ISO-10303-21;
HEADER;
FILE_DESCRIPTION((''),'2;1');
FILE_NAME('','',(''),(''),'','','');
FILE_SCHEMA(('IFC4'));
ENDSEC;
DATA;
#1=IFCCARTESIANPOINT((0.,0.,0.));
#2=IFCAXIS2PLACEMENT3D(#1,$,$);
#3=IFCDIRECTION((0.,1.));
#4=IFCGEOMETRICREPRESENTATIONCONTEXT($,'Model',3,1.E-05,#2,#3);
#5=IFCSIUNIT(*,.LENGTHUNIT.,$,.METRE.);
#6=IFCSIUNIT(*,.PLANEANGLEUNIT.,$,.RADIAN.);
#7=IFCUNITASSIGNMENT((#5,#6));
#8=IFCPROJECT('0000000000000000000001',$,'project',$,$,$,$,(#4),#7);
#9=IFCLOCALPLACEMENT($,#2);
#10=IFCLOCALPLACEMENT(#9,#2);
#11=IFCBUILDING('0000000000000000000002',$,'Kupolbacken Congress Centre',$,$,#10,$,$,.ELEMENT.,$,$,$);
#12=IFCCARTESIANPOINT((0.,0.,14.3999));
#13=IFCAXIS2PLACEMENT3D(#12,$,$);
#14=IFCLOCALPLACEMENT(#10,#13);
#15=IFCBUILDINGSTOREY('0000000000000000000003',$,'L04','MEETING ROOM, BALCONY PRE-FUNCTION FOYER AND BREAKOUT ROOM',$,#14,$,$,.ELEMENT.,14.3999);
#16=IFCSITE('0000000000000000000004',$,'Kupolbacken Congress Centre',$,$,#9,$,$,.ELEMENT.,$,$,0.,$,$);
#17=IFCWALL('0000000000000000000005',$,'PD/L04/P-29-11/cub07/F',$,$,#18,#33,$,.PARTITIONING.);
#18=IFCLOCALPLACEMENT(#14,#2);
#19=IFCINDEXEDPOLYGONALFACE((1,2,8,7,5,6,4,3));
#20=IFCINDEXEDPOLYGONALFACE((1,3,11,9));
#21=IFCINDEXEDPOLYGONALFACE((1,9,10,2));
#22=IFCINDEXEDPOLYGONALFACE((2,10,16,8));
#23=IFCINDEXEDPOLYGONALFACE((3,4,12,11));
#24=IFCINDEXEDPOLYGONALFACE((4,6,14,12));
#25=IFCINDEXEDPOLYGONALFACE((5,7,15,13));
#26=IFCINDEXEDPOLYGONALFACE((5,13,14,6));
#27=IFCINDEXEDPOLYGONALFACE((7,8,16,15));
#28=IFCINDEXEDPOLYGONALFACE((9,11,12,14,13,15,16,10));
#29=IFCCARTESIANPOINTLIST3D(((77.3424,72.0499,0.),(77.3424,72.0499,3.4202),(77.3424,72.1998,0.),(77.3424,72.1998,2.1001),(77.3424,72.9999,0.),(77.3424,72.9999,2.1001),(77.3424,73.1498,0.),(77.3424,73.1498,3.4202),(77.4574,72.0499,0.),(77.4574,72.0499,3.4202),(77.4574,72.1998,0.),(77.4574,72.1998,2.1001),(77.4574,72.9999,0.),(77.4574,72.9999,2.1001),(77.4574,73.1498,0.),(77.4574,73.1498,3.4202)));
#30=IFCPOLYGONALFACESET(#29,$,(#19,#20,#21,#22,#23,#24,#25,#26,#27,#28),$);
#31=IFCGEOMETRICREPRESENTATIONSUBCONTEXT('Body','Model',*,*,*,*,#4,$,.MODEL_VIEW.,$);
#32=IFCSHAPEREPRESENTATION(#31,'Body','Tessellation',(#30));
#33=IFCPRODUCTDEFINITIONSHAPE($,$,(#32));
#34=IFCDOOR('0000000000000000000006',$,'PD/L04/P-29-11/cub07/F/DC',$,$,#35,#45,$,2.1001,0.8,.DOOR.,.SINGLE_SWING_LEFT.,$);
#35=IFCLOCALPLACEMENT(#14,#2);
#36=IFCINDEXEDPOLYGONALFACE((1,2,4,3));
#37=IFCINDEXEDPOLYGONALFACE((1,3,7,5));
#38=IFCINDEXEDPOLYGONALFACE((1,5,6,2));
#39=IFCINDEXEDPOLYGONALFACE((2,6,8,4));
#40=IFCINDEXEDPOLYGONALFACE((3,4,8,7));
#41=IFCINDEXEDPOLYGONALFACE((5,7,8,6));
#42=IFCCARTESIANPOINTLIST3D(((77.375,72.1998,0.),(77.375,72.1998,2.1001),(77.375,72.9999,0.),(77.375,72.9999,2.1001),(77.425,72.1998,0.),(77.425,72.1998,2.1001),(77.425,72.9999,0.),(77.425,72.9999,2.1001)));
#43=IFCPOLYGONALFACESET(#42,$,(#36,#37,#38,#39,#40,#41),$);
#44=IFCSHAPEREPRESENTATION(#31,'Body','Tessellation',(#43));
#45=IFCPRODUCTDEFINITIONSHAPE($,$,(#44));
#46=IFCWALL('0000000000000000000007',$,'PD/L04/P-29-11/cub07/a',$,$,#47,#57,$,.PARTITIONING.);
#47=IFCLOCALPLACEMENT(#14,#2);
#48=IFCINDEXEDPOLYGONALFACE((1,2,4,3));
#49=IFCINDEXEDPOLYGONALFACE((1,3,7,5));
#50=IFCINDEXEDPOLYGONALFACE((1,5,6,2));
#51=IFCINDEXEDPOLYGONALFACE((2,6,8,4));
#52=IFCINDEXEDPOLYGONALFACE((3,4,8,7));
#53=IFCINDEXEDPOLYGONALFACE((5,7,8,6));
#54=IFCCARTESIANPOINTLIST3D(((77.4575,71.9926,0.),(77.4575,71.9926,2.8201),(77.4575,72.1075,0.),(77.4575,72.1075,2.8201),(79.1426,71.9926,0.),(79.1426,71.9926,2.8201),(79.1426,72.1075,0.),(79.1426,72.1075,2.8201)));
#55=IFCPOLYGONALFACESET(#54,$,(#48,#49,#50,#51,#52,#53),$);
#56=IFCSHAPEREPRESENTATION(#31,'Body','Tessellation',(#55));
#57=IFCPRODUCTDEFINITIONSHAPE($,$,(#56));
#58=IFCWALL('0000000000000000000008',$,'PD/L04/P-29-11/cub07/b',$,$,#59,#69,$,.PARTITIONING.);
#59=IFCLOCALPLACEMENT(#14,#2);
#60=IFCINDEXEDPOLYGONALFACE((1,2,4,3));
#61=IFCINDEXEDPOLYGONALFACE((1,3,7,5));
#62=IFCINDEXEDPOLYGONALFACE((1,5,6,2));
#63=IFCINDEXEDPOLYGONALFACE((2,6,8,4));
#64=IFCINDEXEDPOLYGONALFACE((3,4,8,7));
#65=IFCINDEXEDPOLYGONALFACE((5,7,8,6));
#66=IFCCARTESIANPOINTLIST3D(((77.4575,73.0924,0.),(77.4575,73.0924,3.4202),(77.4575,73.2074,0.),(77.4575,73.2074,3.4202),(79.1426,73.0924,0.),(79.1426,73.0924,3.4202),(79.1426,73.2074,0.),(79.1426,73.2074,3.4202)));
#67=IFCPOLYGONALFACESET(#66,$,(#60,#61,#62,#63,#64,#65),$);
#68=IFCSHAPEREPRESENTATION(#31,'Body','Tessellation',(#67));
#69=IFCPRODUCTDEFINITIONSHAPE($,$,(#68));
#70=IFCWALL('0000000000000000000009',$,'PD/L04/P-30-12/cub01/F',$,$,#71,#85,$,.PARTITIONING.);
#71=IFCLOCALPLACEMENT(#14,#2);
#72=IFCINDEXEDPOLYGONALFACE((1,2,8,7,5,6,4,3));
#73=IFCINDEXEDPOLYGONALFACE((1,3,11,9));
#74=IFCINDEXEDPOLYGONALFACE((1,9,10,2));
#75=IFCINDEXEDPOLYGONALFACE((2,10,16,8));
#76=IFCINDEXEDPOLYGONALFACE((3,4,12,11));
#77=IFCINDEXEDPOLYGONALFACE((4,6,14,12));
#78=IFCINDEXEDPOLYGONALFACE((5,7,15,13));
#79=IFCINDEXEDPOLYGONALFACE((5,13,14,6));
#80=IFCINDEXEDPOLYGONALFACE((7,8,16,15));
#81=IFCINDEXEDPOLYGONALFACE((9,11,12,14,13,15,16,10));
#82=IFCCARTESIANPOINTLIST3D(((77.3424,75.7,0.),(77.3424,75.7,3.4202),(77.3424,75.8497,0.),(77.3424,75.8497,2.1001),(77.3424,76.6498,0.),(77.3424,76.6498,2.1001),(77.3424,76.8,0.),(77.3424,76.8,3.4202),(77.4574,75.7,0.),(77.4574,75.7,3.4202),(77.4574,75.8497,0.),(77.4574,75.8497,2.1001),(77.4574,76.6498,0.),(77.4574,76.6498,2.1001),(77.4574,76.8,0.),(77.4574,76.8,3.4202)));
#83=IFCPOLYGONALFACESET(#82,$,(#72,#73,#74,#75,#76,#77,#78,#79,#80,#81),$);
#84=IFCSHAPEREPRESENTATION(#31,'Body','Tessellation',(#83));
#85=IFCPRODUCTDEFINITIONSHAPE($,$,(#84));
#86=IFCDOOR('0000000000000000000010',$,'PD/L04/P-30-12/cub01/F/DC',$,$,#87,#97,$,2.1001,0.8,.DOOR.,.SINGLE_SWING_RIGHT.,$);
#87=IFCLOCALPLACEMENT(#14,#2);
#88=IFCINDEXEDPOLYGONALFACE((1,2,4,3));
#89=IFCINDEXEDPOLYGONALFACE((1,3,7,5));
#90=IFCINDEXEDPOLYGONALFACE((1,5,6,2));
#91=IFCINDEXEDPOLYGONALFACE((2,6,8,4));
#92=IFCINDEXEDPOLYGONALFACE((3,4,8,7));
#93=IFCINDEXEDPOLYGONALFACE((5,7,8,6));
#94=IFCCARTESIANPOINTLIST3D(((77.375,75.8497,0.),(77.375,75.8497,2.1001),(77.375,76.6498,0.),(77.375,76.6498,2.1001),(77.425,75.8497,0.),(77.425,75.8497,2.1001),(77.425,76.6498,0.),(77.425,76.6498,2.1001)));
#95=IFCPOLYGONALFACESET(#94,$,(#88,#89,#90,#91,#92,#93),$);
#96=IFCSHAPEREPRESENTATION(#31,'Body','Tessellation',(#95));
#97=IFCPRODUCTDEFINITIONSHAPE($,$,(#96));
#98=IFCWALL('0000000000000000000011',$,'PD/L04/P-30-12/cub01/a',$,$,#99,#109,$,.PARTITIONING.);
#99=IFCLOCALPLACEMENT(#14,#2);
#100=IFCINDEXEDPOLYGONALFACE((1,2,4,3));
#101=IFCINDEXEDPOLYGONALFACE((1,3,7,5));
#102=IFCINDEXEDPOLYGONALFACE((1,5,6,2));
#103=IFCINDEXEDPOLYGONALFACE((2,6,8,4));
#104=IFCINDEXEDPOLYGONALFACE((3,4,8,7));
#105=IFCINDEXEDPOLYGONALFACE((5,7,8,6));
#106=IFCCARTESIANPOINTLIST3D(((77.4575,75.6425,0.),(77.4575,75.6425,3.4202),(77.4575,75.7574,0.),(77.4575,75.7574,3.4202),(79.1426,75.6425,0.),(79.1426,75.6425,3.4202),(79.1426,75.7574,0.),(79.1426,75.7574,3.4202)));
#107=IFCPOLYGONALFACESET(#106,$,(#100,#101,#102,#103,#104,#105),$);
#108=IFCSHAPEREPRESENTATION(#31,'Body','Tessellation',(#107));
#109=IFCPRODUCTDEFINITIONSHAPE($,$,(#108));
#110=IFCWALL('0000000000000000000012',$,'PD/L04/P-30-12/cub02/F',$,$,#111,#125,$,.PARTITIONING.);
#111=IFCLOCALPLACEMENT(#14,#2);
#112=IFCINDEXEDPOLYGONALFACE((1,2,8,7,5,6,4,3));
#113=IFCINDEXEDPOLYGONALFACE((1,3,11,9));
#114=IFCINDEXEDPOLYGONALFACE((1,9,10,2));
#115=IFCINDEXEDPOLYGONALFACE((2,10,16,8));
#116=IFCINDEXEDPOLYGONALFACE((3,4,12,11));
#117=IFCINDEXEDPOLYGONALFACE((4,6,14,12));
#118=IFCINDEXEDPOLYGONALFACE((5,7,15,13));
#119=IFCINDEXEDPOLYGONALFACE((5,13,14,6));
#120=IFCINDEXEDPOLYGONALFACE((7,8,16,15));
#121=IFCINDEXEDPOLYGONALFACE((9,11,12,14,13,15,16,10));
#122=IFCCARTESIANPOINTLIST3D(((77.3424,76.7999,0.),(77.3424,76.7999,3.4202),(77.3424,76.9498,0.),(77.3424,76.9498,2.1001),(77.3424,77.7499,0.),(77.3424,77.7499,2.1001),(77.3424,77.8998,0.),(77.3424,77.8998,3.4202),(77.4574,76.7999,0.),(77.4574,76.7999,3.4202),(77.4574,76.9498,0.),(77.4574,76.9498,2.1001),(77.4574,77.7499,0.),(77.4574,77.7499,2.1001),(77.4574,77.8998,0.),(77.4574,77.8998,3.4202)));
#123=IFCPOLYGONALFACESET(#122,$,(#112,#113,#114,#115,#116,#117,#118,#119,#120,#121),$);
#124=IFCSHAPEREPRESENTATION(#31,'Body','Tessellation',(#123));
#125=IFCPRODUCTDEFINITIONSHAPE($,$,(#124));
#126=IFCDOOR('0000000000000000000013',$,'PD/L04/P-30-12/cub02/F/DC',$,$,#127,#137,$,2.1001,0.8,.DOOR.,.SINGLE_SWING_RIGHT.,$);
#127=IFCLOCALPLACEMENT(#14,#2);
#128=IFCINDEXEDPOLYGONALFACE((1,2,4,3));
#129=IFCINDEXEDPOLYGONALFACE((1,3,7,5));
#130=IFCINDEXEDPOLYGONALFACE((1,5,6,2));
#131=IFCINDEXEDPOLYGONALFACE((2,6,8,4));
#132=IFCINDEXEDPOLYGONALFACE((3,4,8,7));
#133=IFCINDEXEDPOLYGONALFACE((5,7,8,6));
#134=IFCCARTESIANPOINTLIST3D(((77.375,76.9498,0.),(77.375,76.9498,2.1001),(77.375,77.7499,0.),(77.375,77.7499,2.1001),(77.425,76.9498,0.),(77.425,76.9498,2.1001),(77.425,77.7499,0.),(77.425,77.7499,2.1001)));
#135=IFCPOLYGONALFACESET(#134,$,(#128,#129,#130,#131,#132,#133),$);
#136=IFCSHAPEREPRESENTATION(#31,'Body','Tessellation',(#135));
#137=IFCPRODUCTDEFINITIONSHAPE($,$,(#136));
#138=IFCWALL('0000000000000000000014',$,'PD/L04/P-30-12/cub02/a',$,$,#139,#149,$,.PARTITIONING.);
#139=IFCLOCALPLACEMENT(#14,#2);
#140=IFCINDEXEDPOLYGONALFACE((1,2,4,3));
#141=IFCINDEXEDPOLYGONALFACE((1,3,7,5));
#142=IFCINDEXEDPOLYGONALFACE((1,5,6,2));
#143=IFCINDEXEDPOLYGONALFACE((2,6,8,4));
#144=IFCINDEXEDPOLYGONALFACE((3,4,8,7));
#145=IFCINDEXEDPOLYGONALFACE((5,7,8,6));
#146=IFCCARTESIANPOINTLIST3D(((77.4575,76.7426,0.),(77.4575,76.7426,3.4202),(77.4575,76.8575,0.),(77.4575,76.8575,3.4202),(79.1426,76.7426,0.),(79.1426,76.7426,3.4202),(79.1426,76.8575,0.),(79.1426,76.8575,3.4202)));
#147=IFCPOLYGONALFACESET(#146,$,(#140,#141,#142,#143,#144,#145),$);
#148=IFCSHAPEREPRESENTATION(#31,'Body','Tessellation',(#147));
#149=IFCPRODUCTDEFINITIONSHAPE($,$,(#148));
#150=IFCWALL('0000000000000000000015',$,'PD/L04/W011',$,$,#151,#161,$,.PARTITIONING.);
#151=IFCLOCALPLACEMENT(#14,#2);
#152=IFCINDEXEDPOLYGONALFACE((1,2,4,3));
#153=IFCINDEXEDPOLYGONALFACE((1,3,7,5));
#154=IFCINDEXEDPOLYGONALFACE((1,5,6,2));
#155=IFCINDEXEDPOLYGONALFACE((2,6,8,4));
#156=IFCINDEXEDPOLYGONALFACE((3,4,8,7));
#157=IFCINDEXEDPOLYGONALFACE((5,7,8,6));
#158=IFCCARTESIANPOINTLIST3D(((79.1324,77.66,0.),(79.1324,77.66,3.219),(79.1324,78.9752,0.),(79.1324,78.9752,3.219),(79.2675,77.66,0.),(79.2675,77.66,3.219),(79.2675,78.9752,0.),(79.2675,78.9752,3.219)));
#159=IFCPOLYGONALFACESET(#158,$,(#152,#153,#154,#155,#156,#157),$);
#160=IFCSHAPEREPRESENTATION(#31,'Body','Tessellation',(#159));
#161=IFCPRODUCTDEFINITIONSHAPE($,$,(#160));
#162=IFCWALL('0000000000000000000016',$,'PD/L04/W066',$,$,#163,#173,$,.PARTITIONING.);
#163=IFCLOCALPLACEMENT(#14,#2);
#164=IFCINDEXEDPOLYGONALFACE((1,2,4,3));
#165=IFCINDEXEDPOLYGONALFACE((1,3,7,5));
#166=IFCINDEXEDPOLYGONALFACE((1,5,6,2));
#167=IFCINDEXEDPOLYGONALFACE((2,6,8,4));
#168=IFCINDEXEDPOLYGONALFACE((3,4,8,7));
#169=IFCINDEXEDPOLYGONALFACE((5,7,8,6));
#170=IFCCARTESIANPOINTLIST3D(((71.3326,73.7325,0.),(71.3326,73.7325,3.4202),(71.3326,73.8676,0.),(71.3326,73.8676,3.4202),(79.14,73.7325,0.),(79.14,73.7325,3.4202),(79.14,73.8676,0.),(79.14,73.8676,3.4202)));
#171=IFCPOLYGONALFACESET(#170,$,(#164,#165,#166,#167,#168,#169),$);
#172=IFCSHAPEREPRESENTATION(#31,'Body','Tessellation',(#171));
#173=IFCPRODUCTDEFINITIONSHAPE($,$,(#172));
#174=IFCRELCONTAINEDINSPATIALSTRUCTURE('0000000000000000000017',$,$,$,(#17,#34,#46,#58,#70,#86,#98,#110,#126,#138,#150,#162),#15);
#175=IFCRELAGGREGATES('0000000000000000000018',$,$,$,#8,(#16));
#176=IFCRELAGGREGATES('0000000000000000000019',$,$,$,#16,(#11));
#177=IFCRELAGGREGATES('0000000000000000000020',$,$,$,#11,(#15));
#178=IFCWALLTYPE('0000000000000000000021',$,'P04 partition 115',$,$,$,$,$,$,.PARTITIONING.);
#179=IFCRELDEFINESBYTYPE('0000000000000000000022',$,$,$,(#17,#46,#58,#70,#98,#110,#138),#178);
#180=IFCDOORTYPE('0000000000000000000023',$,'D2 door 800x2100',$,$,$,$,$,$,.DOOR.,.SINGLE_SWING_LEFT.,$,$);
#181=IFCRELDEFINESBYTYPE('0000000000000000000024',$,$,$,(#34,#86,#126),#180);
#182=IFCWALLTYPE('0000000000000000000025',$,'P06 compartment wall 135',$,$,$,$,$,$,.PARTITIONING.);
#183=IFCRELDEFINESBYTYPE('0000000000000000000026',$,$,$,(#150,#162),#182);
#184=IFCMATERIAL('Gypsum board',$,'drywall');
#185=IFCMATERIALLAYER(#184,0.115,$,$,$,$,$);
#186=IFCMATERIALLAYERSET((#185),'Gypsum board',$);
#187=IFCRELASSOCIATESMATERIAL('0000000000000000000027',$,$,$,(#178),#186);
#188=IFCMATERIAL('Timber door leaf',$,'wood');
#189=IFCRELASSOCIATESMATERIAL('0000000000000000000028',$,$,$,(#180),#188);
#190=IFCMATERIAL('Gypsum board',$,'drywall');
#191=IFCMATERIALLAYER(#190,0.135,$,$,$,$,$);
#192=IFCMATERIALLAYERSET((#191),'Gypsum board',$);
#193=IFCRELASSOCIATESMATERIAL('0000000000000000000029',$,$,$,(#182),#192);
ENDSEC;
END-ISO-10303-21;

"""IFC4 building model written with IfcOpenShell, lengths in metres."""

from ifc_helpers import new_model, si_unit, direction, frame, frame_2d, origin, place, context, subcontext, project, spatial, rectangle, extrude, material, layer, layer_set, type_object, element, fill, save


model = new_model("IFC4")

# Units and contexts
model_context = context("Model", 3, precision=1e-05, world=origin(), true_north=direction((0.0, 1.0)))
body_context = subcontext(model_context, "Body", "Model", "MODEL_VIEW")
ifc_project = project(units=[si_unit("LENGTHUNIT", "METRE"), si_unit("PLANEANGLEUNIT", "RADIAN")], contexts=[model_context])

# Site, building, storey
site_placement = place(None, origin())
site = spatial("IfcSite", under=ifc_project, at=site_placement, Name="Kupolbacken Congress Centre", CompositionType="ELEMENT", RefElevation=0.0)
building_placement = place(site_placement, origin())
building = spatial("IfcBuilding", under=site, at=building_placement, Name="Kupolbacken Congress Centre", CompositionType="ELEMENT")
storey_placement = place(building_placement, frame((0.0, 0.0, 14.3999)))
storey = spatial("IfcBuildingStorey", under=building, at=storey_placement, Name="L04", Description="MEETING ROOM, BALCONY PRE-FUNCTION FOYER AND BREAKOUT ROOM", CompositionType="ELEMENT", Elevation=14.3999)

# Wall, opening, door
ifc_material_1 = material(Name="Gypsum board", Category="drywall")
ifc_layer_1 = layer(ifc_material_1, 0.115)
ifc_layer_set_1 = layer_set([ifc_layer_1], Name="Gypsum board")
wall_type_1 = type_object("IfcWallType", Name="P04 partition 115", PredefinedType="PARTITIONING", material=ifc_layer_set_1)
wall_1_placement = place(storey_placement, frame((77.3999, 72.05, 0.0), z_axis=(0.0, 0.0, 1.0), x_axis=(0.0, 1.0, 0.0)))
wall_1 = element("IfcWall", 1, at=wall_1_placement, inside=storey, type_object=wall_type_1, Name="PD/L04/P-29-11/cub07/F", PredefinedType="PARTITIONING", context=body_context, shape_type="SweptSolid", body=[
    extrude(rectangle(XDim=1.0999, YDim=0.115, at=frame_2d((0.5498, 0.0))), origin(), (0.0, 0.0, 1.0), 3.4202),
])
opening_1_placement = place(wall_1_placement, frame((0.1499, 0.0, 0.0)))
opening_1 = element("IfcOpeningElement", 2, at=opening_1_placement, cuts=wall_1, PredefinedType="OPENING", context=body_context, shape_type="SweptSolid", body=[
    extrude(rectangle(XDim=0.8, YDim=2.1001, at=frame_2d((0.3999, 1.05))), frame((0.0, 0.0674, 0.0), z_axis=(0.0, -1.0, 0.0), x_axis=(1.0, 0.0, 0.0)), (0.0, 0.0, 1.0), 0.135),
])
ifc_material_2 = material(Name="Timber door leaf", Category="wood")
door_type_1 = type_object("IfcDoorType", Name="D2 door 800x2100", OperationType="SINGLE_SWING_LEFT", PredefinedType="DOOR", material=ifc_material_2)
door_1_placement = place(opening_1_placement, origin())
door_1 = element("IfcDoor", 3, at=door_1_placement, inside=storey, type_object=door_type_1, Name="PD/L04/P-29-11/cub07/F/DC", OperationType="SINGLE_SWING_LEFT", OverallHeight=2.1001, OverallWidth=0.8, PredefinedType="DOOR", context=body_context, shape_type="SweptSolid", body=[
    extrude(rectangle(XDim=0.8, YDim=2.1001, at=frame_2d((0.3999, 1.05))), frame((0.0, 0.0249, 0.0), z_axis=(0.0, -1.0, 0.0), x_axis=(1.0, 0.0, 0.0)), (0.0, 0.0, 1.0), 0.05),
])
fill(opening_1, door_1)

# Walls
wall_2_placement = place(storey_placement, frame((79.1426, 72.05, 0.0), z_axis=(0.0, 0.0, 1.0), x_axis=(-1.0, 0.0, 0.0)))
element("IfcWall", 4, at=wall_2_placement, inside=storey, type_object=wall_type_1, Name="PD/L04/P-29-11/cub07/a", PredefinedType="PARTITIONING", context=body_context, shape_type="SweptSolid", body=[
    extrude(rectangle(XDim=1.6851, YDim=0.115, at=frame_2d((0.8425, 0.0))), origin(), (0.0, 0.0, 1.0), 2.8201),
])
wall_3_placement = place(storey_placement, frame((79.1426, 73.1499, 0.0), z_axis=(0.0, 0.0, 1.0), x_axis=(-1.0, 0.0, 0.0)))
element("IfcWall", 5, at=wall_3_placement, inside=storey, type_object=wall_type_1, Name="PD/L04/P-29-11/cub07/b", PredefinedType="PARTITIONING", context=body_context, shape_type="SweptSolid", body=[
    extrude(rectangle(XDim=1.6851, YDim=0.115, at=frame_2d((0.8425, 0.0))), origin(), (0.0, 0.0, 1.0), 3.4202),
])

# Wall, opening, door
wall_4_placement = place(storey_placement, frame((77.3999, 75.7, 0.0), z_axis=(0.0, 0.0, 1.0), x_axis=(0.0, 1.0, 0.0)))
wall_4 = element("IfcWall", 6, at=wall_4_placement, inside=storey, type_object=wall_type_1, Name="PD/L04/P-30-12/cub01/F", PredefinedType="PARTITIONING", context=body_context, shape_type="SweptSolid", body=[
    extrude(rectangle(XDim=1.1001, YDim=0.115, at=frame_2d((0.55, 0.0))), origin(), (0.0, 0.0, 1.0), 3.4202),
])
opening_2_placement = place(wall_4_placement, frame((0.1499, 0.0, 0.0)))
opening_2 = element("IfcOpeningElement", 7, at=opening_2_placement, cuts=wall_4, PredefinedType="OPENING", context=body_context, shape_type="SweptSolid", body=[
    extrude(rectangle(XDim=0.8, YDim=2.1001, at=frame_2d((0.3999, 1.05))), frame((0.0, 0.0674, 0.0), z_axis=(0.0, -1.0, 0.0), x_axis=(1.0, 0.0, 0.0)), (0.0, 0.0, 1.0), 0.135),
])
door_2_placement = place(opening_2_placement, origin())
door_2 = element("IfcDoor", 8, at=door_2_placement, inside=storey, type_object=door_type_1, Name="PD/L04/P-30-12/cub01/F/DC", OperationType="SINGLE_SWING_RIGHT", OverallHeight=2.1001, OverallWidth=0.8, PredefinedType="DOOR", context=body_context, shape_type="SweptSolid", body=[
    extrude(rectangle(XDim=0.8, YDim=2.1001, at=frame_2d((0.3999, 1.05))), frame((0.0, 0.0249, 0.0), z_axis=(0.0, -1.0, 0.0), x_axis=(1.0, 0.0, 0.0)), (0.0, 0.0, 1.0), 0.05),
])
fill(opening_2, door_2)

# Wall
wall_5_placement = place(storey_placement, frame((79.1426, 75.7, 0.0), z_axis=(0.0, 0.0, 1.0), x_axis=(-1.0, 0.0, 0.0)))
element("IfcWall", 9, at=wall_5_placement, inside=storey, type_object=wall_type_1, Name="PD/L04/P-30-12/cub01/a", PredefinedType="PARTITIONING", context=body_context, shape_type="SweptSolid", body=[
    extrude(rectangle(XDim=1.6851, YDim=0.115, at=frame_2d((0.8425, 0.0))), origin(), (0.0, 0.0, 1.0), 3.4202),
])

# Wall, opening, door
wall_6_placement = place(storey_placement, frame((77.3999, 76.8, 0.0), z_axis=(0.0, 0.0, 1.0), x_axis=(0.0, 1.0, 0.0)))
wall_6 = element("IfcWall", 10, at=wall_6_placement, inside=storey, type_object=wall_type_1, Name="PD/L04/P-30-12/cub02/F", PredefinedType="PARTITIONING", context=body_context, shape_type="SweptSolid", body=[
    extrude(rectangle(XDim=1.0999, YDim=0.115, at=frame_2d((0.5498, 0.0))), origin(), (0.0, 0.0, 1.0), 3.4202),
])
opening_3_placement = place(wall_6_placement, frame((0.1499, 0.0, 0.0)))
opening_3 = element("IfcOpeningElement", 11, at=opening_3_placement, cuts=wall_6, PredefinedType="OPENING", context=body_context, shape_type="SweptSolid", body=[
    extrude(rectangle(XDim=0.8, YDim=2.1001, at=frame_2d((0.3999, 1.05))), frame((0.0, 0.0674, 0.0), z_axis=(0.0, -1.0, 0.0), x_axis=(1.0, 0.0, 0.0)), (0.0, 0.0, 1.0), 0.135),
])
door_3_placement = place(opening_3_placement, origin())
door_3 = element("IfcDoor", 12, at=door_3_placement, inside=storey, type_object=door_type_1, Name="PD/L04/P-30-12/cub02/F/DC", OperationType="SINGLE_SWING_RIGHT", OverallHeight=2.1001, OverallWidth=0.8, PredefinedType="DOOR", context=body_context, shape_type="SweptSolid", body=[
    extrude(rectangle(XDim=0.8, YDim=2.1001, at=frame_2d((0.3999, 1.05))), frame((0.0, 0.0249, 0.0), z_axis=(0.0, -1.0, 0.0), x_axis=(1.0, 0.0, 0.0)), (0.0, 0.0, 1.0), 0.05),
])
fill(opening_3, door_3)

# Walls
wall_7_placement = place(storey_placement, frame((79.1426, 76.8, 0.0), z_axis=(0.0, 0.0, 1.0), x_axis=(-1.0, 0.0, 0.0)))
element("IfcWall", 13, at=wall_7_placement, inside=storey, type_object=wall_type_1, Name="PD/L04/P-30-12/cub02/a", PredefinedType="PARTITIONING", context=body_context, shape_type="SweptSolid", body=[
    extrude(rectangle(XDim=1.6851, YDim=0.115, at=frame_2d((0.8425, 0.0))), origin(), (0.0, 0.0, 1.0), 3.4202),
])
ifc_material_3 = material(Name="Gypsum board", Category="drywall")
ifc_layer_2 = layer(ifc_material_3, 0.135)
ifc_layer_set_2 = layer_set([ifc_layer_2], Name="Gypsum board")
wall_type_2 = type_object("IfcWallType", Name="P06 compartment wall 135", PredefinedType="PARTITIONING", material=ifc_layer_set_2)
wall_8_placement = place(storey_placement, frame((79.2, 77.6599, 0.0), z_axis=(0.0, 0.0, 1.0), x_axis=(0.0, 1.0, 0.0)))
element("IfcWall", 14, at=wall_8_placement, inside=storey, type_object=wall_type_2, Name="PD/L04/W011", PredefinedType="PARTITIONING", context=body_context, shape_type="SweptSolid", body=[
    extrude(rectangle(XDim=1.3152, YDim=0.135, at=frame_2d((0.6577, 0.0))), origin(), (0.0, 0.0, 1.0), 3.219),
])
wall_9_placement = place(storey_placement, frame((71.3325, 73.8, 0.0), z_axis=(0.0, 0.0, 1.0), x_axis=(1.0, 0.0, 0.0)))
element("IfcWall", 15, at=wall_9_placement, inside=storey, type_object=wall_type_2, Name="PD/L04/W066", PredefinedType="PARTITIONING", context=body_context, shape_type="SweptSolid", body=[
    extrude(rectangle(XDim=7.8074, YDim=0.135, at=frame_2d((3.9038, 0.0))), origin(), (0.0, 0.0, 1.0), 3.4202),
])

save(model, "model.ifc")
